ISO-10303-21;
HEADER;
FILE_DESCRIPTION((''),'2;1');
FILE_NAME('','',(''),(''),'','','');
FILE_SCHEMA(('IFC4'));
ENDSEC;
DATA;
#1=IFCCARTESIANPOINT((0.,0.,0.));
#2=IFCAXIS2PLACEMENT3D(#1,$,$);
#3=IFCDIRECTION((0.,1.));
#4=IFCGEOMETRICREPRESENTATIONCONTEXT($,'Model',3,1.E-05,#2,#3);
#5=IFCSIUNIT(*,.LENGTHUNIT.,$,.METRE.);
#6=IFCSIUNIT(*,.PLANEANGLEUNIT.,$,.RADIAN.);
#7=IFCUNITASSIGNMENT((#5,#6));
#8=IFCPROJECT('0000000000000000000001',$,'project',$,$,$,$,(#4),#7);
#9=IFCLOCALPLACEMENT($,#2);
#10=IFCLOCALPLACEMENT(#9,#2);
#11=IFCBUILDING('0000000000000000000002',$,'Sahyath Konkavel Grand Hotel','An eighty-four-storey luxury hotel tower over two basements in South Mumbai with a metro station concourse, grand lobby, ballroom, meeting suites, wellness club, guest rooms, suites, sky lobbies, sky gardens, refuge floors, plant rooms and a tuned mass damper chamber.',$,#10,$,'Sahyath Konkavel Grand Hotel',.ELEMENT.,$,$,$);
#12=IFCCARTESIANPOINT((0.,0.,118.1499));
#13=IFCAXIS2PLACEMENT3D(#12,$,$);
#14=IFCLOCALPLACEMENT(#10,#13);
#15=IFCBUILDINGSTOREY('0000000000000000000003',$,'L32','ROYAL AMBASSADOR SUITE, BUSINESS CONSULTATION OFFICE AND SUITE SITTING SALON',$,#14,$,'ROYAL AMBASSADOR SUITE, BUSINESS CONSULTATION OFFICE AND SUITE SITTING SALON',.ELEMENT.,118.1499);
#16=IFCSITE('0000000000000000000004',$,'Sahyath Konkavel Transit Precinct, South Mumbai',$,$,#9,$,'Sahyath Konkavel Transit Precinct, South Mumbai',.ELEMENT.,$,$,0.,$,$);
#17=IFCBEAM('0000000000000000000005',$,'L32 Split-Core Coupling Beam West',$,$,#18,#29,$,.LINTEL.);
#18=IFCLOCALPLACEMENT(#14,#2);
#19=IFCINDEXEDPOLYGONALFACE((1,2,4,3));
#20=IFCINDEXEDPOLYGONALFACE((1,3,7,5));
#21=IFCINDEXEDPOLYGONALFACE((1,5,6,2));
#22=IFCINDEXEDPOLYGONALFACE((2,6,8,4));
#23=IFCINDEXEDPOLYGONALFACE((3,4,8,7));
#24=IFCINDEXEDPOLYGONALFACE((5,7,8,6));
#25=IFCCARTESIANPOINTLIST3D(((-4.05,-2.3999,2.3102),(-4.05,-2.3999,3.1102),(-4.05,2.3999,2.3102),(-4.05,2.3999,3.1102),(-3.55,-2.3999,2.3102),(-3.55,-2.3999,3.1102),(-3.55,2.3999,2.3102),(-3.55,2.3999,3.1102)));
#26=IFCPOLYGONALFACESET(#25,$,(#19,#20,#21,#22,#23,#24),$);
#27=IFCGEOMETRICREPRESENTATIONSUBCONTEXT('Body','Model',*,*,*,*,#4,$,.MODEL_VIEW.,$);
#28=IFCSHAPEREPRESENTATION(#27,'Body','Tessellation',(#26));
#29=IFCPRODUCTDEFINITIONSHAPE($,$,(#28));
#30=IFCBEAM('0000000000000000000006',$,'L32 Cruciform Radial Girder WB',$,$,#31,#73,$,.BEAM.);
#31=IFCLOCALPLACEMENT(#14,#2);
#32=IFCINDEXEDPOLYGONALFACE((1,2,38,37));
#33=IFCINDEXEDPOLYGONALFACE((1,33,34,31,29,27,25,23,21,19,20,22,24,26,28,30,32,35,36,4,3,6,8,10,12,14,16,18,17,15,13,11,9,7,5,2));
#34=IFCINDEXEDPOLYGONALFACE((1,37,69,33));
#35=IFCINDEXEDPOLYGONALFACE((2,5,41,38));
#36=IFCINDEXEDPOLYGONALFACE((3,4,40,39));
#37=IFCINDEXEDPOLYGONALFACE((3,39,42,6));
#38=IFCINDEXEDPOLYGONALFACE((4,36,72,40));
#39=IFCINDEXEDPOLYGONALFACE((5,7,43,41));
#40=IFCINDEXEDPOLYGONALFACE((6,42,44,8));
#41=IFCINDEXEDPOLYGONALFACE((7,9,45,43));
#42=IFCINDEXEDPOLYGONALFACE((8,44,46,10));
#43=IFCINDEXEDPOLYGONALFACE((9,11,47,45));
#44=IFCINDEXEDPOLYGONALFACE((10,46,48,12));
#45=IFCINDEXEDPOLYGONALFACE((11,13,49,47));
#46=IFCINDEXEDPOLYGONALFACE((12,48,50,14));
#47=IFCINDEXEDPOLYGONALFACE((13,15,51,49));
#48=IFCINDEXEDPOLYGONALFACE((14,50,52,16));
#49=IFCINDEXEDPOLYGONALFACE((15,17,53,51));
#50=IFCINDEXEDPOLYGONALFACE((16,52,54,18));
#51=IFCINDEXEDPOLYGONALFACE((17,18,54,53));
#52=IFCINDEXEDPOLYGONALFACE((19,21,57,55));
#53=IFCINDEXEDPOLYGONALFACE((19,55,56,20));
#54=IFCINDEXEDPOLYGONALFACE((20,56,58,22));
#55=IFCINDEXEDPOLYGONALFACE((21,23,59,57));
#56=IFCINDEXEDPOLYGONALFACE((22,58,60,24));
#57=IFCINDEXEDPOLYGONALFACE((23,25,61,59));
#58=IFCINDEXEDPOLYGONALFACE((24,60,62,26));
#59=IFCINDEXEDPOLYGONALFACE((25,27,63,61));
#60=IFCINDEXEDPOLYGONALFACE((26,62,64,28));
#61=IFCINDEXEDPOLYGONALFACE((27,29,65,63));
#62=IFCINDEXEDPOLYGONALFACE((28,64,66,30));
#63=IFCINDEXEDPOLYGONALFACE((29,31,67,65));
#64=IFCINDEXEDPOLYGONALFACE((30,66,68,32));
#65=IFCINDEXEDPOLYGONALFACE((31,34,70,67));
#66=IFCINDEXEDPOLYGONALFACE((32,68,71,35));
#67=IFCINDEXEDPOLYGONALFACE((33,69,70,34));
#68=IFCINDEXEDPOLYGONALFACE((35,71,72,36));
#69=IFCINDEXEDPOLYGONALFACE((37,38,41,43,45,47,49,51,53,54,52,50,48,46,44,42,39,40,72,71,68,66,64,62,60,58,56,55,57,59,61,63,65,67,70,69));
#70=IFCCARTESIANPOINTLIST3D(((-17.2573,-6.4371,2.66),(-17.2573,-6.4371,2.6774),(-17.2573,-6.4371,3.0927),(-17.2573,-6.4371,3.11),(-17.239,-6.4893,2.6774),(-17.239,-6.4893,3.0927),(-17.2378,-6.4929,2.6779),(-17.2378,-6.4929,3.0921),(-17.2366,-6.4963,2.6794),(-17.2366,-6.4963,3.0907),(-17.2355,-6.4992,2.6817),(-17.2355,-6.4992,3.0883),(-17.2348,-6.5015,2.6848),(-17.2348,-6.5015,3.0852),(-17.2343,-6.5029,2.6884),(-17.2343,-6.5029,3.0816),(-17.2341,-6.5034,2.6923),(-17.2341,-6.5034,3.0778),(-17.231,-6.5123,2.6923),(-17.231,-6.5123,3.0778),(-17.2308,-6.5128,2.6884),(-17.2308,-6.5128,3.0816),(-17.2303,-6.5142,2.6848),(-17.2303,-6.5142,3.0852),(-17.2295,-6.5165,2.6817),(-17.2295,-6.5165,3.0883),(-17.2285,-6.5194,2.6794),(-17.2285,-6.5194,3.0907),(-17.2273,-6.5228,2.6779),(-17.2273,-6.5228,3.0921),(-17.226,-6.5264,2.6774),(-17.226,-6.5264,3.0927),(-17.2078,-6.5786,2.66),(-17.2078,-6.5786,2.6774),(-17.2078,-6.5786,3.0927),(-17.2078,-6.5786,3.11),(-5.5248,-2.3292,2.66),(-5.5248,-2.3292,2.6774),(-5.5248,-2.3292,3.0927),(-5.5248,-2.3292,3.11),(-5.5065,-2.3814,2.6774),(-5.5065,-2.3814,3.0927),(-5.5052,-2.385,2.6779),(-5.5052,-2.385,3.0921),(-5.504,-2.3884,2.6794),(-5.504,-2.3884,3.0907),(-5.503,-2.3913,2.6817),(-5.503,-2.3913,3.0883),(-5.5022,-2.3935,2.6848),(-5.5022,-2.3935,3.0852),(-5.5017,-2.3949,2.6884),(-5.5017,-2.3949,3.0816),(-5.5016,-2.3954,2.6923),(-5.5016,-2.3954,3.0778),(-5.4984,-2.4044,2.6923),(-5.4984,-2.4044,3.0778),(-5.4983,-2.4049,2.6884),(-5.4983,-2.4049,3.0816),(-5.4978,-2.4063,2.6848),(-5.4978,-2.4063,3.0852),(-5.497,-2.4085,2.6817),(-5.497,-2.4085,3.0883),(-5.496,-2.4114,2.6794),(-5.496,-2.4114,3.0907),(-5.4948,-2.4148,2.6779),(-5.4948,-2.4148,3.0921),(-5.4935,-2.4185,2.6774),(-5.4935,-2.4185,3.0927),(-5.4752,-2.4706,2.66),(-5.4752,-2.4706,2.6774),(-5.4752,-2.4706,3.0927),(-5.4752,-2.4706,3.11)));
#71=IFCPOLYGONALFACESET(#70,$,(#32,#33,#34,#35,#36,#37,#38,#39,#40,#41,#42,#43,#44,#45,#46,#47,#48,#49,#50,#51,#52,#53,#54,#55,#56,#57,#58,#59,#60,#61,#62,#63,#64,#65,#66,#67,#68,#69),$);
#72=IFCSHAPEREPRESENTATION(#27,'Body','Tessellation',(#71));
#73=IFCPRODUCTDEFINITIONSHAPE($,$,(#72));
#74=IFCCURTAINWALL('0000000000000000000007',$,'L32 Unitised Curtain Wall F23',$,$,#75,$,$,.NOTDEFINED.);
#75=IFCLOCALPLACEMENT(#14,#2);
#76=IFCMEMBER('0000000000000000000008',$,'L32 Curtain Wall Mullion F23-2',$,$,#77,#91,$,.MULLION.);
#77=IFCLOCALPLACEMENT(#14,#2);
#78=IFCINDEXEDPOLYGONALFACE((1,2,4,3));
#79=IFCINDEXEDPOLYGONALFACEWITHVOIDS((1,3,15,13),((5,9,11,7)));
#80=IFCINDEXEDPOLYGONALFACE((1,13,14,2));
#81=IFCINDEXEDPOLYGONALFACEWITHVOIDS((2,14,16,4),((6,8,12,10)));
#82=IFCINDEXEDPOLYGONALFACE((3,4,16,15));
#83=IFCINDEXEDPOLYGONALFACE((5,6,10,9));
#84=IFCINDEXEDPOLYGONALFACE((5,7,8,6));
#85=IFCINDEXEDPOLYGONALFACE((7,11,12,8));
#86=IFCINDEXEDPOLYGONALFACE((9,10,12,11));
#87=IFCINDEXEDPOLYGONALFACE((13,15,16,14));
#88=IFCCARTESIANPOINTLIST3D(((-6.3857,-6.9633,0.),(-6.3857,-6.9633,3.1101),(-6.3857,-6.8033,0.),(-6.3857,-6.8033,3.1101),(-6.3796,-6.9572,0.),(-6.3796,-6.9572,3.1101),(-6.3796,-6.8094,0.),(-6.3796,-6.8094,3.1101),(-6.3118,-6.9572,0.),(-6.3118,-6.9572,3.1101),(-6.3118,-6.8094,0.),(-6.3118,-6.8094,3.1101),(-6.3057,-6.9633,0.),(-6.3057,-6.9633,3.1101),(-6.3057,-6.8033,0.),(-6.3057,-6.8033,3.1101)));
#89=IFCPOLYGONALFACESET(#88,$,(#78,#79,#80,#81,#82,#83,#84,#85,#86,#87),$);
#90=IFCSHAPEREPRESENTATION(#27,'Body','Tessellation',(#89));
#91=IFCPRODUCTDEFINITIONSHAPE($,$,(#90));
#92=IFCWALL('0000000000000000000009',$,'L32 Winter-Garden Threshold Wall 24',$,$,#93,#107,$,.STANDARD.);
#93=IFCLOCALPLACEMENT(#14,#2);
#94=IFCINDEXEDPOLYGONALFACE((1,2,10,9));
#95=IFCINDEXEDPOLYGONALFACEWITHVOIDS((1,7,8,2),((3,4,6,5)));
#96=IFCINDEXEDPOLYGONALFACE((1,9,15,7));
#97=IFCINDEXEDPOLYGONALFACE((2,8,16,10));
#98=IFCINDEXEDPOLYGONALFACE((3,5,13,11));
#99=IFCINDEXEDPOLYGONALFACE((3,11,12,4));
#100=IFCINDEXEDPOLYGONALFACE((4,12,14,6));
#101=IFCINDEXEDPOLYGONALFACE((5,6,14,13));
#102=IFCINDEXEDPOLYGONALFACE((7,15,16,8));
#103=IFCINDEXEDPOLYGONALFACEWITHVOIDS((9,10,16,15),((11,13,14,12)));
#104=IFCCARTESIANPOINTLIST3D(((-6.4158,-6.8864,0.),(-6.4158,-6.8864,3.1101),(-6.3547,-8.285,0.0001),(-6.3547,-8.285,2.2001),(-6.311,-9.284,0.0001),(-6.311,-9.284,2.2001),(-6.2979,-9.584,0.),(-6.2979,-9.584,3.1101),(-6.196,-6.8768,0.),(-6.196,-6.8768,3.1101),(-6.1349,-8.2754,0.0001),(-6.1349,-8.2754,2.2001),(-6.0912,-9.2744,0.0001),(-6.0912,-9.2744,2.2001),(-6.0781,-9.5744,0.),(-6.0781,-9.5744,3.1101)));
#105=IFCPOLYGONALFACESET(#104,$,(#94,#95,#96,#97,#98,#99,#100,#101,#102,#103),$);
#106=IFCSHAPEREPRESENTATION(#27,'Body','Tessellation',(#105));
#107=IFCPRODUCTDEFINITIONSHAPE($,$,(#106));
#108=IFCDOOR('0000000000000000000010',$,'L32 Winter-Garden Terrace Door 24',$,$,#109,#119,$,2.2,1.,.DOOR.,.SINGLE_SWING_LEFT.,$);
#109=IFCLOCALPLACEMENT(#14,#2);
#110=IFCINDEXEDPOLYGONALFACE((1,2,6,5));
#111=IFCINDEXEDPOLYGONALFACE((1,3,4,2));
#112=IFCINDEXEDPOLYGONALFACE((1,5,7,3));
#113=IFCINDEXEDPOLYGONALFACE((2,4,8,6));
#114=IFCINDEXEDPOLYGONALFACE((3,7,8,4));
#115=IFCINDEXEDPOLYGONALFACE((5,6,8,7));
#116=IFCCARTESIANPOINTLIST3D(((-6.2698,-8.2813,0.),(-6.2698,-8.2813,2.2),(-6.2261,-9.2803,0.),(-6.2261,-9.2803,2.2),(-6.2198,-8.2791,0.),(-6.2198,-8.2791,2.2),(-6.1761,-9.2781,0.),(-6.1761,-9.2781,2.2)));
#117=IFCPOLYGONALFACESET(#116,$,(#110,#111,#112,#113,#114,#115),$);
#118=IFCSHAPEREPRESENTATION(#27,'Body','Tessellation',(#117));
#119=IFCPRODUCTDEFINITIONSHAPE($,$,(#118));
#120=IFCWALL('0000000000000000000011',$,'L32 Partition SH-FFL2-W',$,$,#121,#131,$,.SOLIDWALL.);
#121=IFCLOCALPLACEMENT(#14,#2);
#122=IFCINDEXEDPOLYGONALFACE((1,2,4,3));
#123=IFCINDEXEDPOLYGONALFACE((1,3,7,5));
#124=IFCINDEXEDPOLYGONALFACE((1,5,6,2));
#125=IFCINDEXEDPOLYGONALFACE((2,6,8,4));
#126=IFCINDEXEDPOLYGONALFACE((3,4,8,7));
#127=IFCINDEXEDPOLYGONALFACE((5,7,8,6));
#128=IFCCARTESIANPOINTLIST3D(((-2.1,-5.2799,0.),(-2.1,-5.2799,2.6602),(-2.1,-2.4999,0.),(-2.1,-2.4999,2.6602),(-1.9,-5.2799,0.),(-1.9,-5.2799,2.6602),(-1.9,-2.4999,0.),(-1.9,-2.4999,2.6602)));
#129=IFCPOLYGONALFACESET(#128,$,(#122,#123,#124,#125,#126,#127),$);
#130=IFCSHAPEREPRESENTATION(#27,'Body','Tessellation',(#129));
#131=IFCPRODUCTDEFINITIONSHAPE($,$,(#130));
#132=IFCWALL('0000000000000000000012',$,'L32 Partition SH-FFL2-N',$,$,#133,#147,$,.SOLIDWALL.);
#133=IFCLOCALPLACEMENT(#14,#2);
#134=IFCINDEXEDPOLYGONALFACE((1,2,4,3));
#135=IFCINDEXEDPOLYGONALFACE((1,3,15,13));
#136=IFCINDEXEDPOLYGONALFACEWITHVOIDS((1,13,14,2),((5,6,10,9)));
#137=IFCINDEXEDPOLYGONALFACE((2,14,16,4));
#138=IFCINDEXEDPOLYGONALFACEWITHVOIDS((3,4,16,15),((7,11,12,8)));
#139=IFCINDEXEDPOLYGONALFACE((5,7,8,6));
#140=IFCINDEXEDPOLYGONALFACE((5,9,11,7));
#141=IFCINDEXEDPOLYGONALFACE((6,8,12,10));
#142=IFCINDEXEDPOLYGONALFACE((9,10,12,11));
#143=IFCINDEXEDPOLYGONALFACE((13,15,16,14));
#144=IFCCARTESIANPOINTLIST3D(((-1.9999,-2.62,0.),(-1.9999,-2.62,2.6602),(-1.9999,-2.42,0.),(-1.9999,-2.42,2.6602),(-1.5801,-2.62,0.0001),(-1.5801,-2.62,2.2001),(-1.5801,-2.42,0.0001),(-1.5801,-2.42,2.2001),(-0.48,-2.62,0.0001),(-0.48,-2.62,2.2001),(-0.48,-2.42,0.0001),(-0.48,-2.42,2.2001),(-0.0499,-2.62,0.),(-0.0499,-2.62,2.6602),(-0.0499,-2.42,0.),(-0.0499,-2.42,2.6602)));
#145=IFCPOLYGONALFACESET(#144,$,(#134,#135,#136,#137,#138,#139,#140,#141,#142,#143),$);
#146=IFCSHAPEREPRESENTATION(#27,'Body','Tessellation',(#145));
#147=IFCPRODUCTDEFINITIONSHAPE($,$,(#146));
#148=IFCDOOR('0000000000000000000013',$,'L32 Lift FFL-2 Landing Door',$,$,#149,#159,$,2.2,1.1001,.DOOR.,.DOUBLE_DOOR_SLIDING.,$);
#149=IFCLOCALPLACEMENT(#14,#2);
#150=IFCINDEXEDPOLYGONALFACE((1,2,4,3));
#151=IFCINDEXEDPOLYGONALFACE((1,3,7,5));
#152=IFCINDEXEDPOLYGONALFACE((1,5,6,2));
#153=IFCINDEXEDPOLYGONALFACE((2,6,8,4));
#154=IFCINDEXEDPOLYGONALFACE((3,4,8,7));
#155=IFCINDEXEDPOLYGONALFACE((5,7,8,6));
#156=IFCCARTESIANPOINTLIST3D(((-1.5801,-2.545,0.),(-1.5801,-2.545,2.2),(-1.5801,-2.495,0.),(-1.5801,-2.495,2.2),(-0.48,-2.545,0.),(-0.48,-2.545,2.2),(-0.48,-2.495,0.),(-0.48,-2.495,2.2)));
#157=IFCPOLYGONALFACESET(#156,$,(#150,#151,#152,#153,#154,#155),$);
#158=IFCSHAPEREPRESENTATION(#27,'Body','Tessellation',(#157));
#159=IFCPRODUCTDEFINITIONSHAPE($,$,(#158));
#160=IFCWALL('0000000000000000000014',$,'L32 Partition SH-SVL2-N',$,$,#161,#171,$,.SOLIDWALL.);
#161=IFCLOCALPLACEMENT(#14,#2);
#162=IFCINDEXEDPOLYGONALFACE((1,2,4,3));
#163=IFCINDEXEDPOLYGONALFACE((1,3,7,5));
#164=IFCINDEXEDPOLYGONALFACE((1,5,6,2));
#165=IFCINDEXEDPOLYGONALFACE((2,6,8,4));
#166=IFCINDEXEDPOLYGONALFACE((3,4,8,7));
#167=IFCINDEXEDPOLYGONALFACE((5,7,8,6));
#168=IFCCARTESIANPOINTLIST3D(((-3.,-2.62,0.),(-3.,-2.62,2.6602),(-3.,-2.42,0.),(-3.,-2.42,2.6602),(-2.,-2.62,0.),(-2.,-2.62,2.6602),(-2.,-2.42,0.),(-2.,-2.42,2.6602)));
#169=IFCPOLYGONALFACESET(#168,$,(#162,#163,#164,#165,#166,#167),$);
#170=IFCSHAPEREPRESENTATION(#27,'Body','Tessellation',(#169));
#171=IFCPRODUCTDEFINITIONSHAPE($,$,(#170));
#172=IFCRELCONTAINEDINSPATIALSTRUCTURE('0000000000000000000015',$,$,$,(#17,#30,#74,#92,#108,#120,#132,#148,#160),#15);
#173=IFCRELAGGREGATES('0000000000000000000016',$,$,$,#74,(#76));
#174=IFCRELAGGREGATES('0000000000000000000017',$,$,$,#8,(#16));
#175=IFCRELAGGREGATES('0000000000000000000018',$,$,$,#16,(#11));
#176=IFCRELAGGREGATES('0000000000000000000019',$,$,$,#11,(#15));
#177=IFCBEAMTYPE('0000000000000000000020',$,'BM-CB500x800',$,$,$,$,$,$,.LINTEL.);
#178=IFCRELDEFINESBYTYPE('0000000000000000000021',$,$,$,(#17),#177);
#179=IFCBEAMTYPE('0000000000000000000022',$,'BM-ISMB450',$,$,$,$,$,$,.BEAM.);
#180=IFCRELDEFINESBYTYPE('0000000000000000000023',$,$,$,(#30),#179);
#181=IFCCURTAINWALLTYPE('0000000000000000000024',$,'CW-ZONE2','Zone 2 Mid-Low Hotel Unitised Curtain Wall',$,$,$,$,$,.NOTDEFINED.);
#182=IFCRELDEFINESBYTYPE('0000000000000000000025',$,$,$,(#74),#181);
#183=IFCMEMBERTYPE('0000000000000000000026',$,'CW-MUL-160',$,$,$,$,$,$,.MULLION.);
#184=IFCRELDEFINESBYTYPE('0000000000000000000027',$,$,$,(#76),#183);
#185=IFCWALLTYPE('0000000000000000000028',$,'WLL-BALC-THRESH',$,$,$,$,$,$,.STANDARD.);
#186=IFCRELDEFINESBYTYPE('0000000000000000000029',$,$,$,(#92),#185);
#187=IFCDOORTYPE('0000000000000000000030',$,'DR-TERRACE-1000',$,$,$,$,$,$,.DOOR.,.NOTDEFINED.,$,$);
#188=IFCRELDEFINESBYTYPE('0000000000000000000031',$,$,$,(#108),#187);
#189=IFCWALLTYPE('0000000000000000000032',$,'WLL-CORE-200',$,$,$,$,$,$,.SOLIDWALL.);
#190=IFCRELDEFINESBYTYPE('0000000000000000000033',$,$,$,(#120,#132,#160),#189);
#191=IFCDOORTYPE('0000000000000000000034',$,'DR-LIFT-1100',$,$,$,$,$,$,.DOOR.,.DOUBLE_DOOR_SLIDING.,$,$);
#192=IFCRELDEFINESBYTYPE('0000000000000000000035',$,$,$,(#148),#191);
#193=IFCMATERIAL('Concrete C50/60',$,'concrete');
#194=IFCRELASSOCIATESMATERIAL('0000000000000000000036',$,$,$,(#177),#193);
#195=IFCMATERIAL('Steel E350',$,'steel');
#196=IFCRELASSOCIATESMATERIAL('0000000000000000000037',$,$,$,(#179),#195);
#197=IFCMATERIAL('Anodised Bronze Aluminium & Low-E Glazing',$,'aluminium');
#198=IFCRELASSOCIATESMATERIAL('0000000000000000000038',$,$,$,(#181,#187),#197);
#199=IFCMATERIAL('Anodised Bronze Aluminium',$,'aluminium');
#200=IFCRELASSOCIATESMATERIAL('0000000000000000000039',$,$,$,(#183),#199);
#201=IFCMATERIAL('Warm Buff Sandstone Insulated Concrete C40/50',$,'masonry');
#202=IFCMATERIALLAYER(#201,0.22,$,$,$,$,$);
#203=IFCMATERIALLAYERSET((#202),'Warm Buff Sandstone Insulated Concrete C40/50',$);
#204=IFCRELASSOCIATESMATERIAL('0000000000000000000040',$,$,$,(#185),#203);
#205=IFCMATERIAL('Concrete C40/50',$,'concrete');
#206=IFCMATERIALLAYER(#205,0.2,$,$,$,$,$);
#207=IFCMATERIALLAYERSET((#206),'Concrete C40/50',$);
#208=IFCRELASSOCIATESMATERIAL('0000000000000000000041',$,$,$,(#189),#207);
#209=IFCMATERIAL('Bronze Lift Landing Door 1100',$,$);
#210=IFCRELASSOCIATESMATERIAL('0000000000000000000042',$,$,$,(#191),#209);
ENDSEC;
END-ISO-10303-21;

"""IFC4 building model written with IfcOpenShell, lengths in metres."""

from ifc_helpers import new_model, si_unit, direction, frame, frame_2d, origin, origin_2d, place, context, subcontext, project, spatial, rectangle, hollow_rectangle, i_section, extrude, source, transform, mapped, material, layer, layer_set, material_profile, profile_set, type_object, element, fill, aggregate, save


model = new_model("IFC4")

# Units and contexts
model_context = context("Model", 3, precision=1e-05, world=origin(), true_north=direction((0.0, 1.0)))
body_context = subcontext(model_context, "Body", "Model", "MODEL_VIEW")
ifc_project = project(units=[si_unit("LENGTHUNIT", "METRE"), si_unit("PLANEANGLEUNIT", "RADIAN")], contexts=[model_context])

# Site, building, storey
site_placement = place(None, origin())
site = spatial("IfcSite", under=ifc_project, at=site_placement, Name="Sahyath Konkavel Transit Precinct, South Mumbai", LongName="Sahyath Konkavel Transit Precinct, South Mumbai", CompositionType="ELEMENT", RefElevation=0.0)
building_placement = place(site_placement, origin())
building = spatial("IfcBuilding", under=site, at=building_placement, Name="Sahyath Konkavel Grand Hotel", Description="An eighty-four-storey luxury hotel tower over two basements in South Mumbai with a metro station concourse, grand lobby, ballroom, meeting suites, wellness club, guest rooms, suites, sky lobbies, sky gardens, refuge floors, plant rooms and a tuned mass damper chamber.", LongName="Sahyath Konkavel Grand Hotel", CompositionType="ELEMENT")
storey_placement = place(building_placement, frame((0.0, 0.0, 118.1499)))
storey = spatial("IfcBuildingStorey", under=building, at=storey_placement, Name="L32", Description="ROYAL AMBASSADOR SUITE, BUSINESS CONSULTATION OFFICE AND SUITE SITTING SALON", LongName="ROYAL AMBASSADOR SUITE, BUSINESS CONSULTATION OFFICE AND SUITE SITTING SALON", CompositionType="ELEMENT", Elevation=118.1499)

# Shared definitions
ifc_material_1 = material(Name="Concrete C50/60", Category="concrete")

# Beams
ifc_material_2 = material(Name="Steel E350", Category="steel")
ifc_material_profile_1 = material_profile(ifc_material_1, rectangle(XDim=0.5, YDim=0.8, at=origin_2d()), Name="RC 500x800")
ifc_profile_set_1 = profile_set([ifc_material_profile_1], Name="Concrete C50/60")
beam_type_1 = type_object("IfcBeamType", Name="BM-CB500x800", PredefinedType="LINTEL", material=ifc_profile_set_1)
shared_shape_1 = source(origin(), body_context, "Body", "SweptSolid", [
    extrude(rectangle(XDim=0.5, YDim=0.8, at=origin_2d()), origin(), (0.0, 0.0, 1.0), 4.7998),
])
beam_1_placement = place(storey_placement, frame((-3.8, -2.3999, 2.7102), z_axis=(0.0, 1.0, 0.0), x_axis=(-1.0, 0.0, 0.0)))
element("IfcBeam", 1, at=beam_1_placement, inside=storey, type_object=beam_type_1, Name="L32 Split-Core Coupling Beam West", PredefinedType="LINTEL", context=body_context, shape_type="MappedRepresentation", body=[
    mapped(shared_shape_1, transform((0.0, 0.0, 0.0), scale=1.0)),
])
ifc_material_profile_2 = material_profile(ifc_material_2, i_section(OverallWidth=0.1499, OverallDepth=0.45, WebThickness=0.0095, FlangeThickness=0.0173, FilletRadius=0.0149, at=origin_2d()), Name="ISMB 450")
ifc_profile_set_2 = profile_set([ifc_material_profile_2], Name="Steel E350")
beam_type_2 = type_object("IfcBeamType", Name="BM-ISMB450", PredefinedType="BEAM", material=ifc_profile_set_2)
shared_shape_2 = source(origin(), body_context, "Body", "SweptSolid", [
    extrude(i_section(OverallWidth=0.1499, OverallDepth=0.45, WebThickness=0.0095, FlangeThickness=0.0173, FilletRadius=0.0149, at=origin_2d()), origin(), (0.0, 0.0, 1.0), 12.4309),
])
beam_2_placement = place(storey_placement, frame((-5.5, -2.3999, 2.885), z_axis=(-0.943819, -0.330462, 0.0), x_axis=(0.330462, -0.943819, 0.0)))
element("IfcBeam", 2, at=beam_2_placement, inside=storey, type_object=beam_type_2, Name="L32 Cruciform Radial Girder WB", PredefinedType="BEAM", context=body_context, shape_type="MappedRepresentation", body=[
    mapped(shared_shape_2, transform((0.0, 0.0, 0.0), scale=1.0)),
])

# Curtain wall, member
ifc_material_3 = material(Name="Anodised Bronze Aluminium & Low-E Glazing", Category="aluminium")
curtain_wall_type = type_object("IfcCurtainWallType", Name="CW-ZONE2", Description="Zone 2 Mid-Low Hotel Unitised Curtain Wall", PredefinedType="NOTDEFINED", material=ifc_material_3)
curtain_wall_placement = place(storey_placement, origin())
curtain_wall = element("IfcCurtainWall", 3, at=curtain_wall_placement, inside=storey, type_object=curtain_wall_type, Name="L32 Unitised Curtain Wall F23", PredefinedType="NOTDEFINED")
ifc_material_4 = material(Name="Anodised Bronze Aluminium", Category="aluminium")
ifc_material_profile_3 = material_profile(ifc_material_4, hollow_rectangle(XDim=0.0801, YDim=0.1599, WallThickness=0.0061, at=origin_2d()), Name="RHS 160x80x6")
ifc_profile_set_3 = profile_set([ifc_material_profile_3], Name="Anodised Bronze Aluminium")
member_type = type_object("IfcMemberType", Name="CW-MUL-160", PredefinedType="MULLION", material=ifc_profile_set_3)
shared_shape_3 = source(origin(), body_context, "Body", "SweptSolid", [
    extrude(hollow_rectangle(XDim=0.0801, YDim=0.1599, WallThickness=0.0061, at=origin_2d()), origin(), (0.0, 0.0, 1.0), 3.1101),
])
member_placement = place(storey_placement, frame((-6.3457, -6.8833, 0.0), z_axis=(0.0, 0.0, 1.0), x_axis=(1.0, 0.0, 0.0)))
member = element("IfcMember", 4, at=member_placement, type_object=member_type, Name="L32 Curtain Wall Mullion F23-2", PredefinedType="MULLION", context=body_context, shape_type="MappedRepresentation", body=[
    mapped(shared_shape_3, transform((0.0, 0.0, 0.0), scale=1.0)),
])
aggregate(curtain_wall, [member])

# Wall, opening, door
ifc_material_5 = material(Name="Warm Buff Sandstone Insulated Concrete C40/50", Category="masonry")
ifc_layer_1 = layer(ifc_material_5, 0.22)
ifc_layer_set_1 = layer_set([ifc_layer_1], Name="Warm Buff Sandstone Insulated Concrete C40/50")
wall_type_1 = type_object("IfcWallType", Name="WLL-BALC-THRESH", PredefinedType="STANDARD", material=ifc_layer_set_1)
wall_1_placement = place(storey_placement, frame((-6.3059, -6.8816, 0.0), z_axis=(0.0, 0.0, 1.0), x_axis=(0.043673, -0.999046, 0.0)))
wall_1 = element("IfcWall", 5, at=wall_1_placement, inside=storey, type_object=wall_type_1, Name="L32 Winter-Garden Threshold Wall 24", PredefinedType="STANDARD", context=body_context, shape_type="SweptSolid", body=[
    extrude(rectangle(XDim=2.7002, YDim=0.22, at=frame_2d((1.3501, 0.0))), origin(), (0.0, 0.0, 1.0), 3.1101),
])
opening_1_placement = place(wall_1_placement, frame((1.3999, 0.0, 0.0)))
opening_1 = element("IfcOpeningElement", 6, at=opening_1_placement, cuts=wall_1, PredefinedType="OPENING", context=body_context, shape_type="SweptSolid", body=[
    extrude(rectangle(XDim=1.0, YDim=2.2, at=frame_2d((0.5, 1.1001))), frame((0.0, 0.1201, 0.0), z_axis=(0.0, -1.0, 0.0), x_axis=(1.0, 0.0, 0.0)), (0.0, 0.0, 1.0), 0.24),
])
door_type_1 = type_object("IfcDoorType", Name="DR-TERRACE-1000", OperationType="NOTDEFINED", PredefinedType="DOOR", material=ifc_material_3)
shared_shape_4 = source(origin(), body_context, "Body", "SweptSolid", [
    extrude(rectangle(XDim=1.0, YDim=0.05, at=origin_2d()), origin(), (0.0, 0.0, 1.0), 2.2),
])
door_1_placement = place(opening_1_placement, frame((0.5, 0.0, 0.0)))
door_1 = element("IfcDoor", 7, at=door_1_placement, inside=storey, type_object=door_type_1, Name="L32 Winter-Garden Terrace Door 24", OperationType="SINGLE_SWING_LEFT", OverallHeight=2.2, OverallWidth=1.0, PredefinedType="DOOR", context=body_context, shape_type="MappedRepresentation", body=[
    mapped(shared_shape_4, transform((0.0, 0.0, 0.0), scale=1.0)),
])
fill(opening_1, door_1)

# Wall
ifc_material_6 = material(Name="Concrete C40/50", Category="concrete")
ifc_layer_2 = layer(ifc_material_6, 0.2)
ifc_layer_set_2 = layer_set([ifc_layer_2], Name="Concrete C40/50")
wall_type_2 = type_object("IfcWallType", Name="WLL-CORE-200", PredefinedType="SOLIDWALL", material=ifc_layer_set_2)
wall_2_placement = place(storey_placement, frame((-2.0, -5.28, 0.0), z_axis=(0.0, 0.0, 1.0), x_axis=(0.0, 1.0, 0.0)))
element("IfcWall", 8, at=wall_2_placement, inside=storey, type_object=wall_type_2, Name="L32 Partition SH-FFL2-W", PredefinedType="SOLIDWALL", context=body_context, shape_type="SweptSolid", body=[
    extrude(rectangle(XDim=2.78, YDim=0.2, at=frame_2d((1.3901, 0.0))), origin(), (0.0, 0.0, 1.0), 2.6602),
])

# Wall, opening, door
wall_3_placement = place(storey_placement, frame((-2.0, -2.52, 0.0), z_axis=(0.0, 0.0, 1.0), x_axis=(1.0, 0.0, 0.0)))
wall_3 = element("IfcWall", 9, at=wall_3_placement, inside=storey, type_object=wall_type_2, Name="L32 Partition SH-FFL2-N", PredefinedType="SOLIDWALL", context=body_context, shape_type="SweptSolid", body=[
    extrude(rectangle(XDim=1.95, YDim=0.2, at=frame_2d((0.9751, 0.0))), origin(), (0.0, 0.0, 1.0), 2.6602),
])
opening_2_placement = place(wall_3_placement, frame((0.4199, 0.0, 0.0)))
opening_2 = element("IfcOpeningElement", 10, at=opening_2_placement, cuts=wall_3, PredefinedType="OPENING", context=body_context, shape_type="SweptSolid", body=[
    extrude(rectangle(XDim=1.1001, YDim=2.2, at=frame_2d((0.55, 1.1001))), frame((0.0, 0.1099, 0.0), z_axis=(0.0, -1.0, 0.0), x_axis=(1.0, 0.0, 0.0)), (0.0, 0.0, 1.0), 0.22),
])
ifc_material_7 = material(Name="Bronze Lift Landing Door 1100")
door_type_2 = type_object("IfcDoorType", Name="DR-LIFT-1100", OperationType="DOUBLE_DOOR_SLIDING", PredefinedType="DOOR", material=ifc_material_7)
shared_shape_5 = source(origin(), body_context, "Body", "SweptSolid", [
    extrude(rectangle(XDim=1.1001, YDim=0.05, at=origin_2d()), origin(), (0.0, 0.0, 1.0), 2.2),
])
door_2_placement = place(opening_2_placement, frame((0.55, 0.0, 0.0)))
door_2 = element("IfcDoor", 11, at=door_2_placement, inside=storey, type_object=door_type_2, Name="L32 Lift FFL-2 Landing Door", OperationType="DOUBLE_DOOR_SLIDING", OverallHeight=2.2, OverallWidth=1.1001, PredefinedType="DOOR", context=body_context, shape_type="MappedRepresentation", body=[
    mapped(shared_shape_5, transform((0.0, 0.0, 0.0), scale=1.0)),
])
fill(opening_2, door_2)

# Wall
wall_4_placement = place(storey_placement, frame((-3.0, -2.52, 0.0), z_axis=(0.0, 0.0, 1.0), x_axis=(1.0, 0.0, 0.0)))
element("IfcWall", 12, at=wall_4_placement, inside=storey, type_object=wall_type_2, Name="L32 Partition SH-SVL2-N", PredefinedType="SOLIDWALL", context=body_context, shape_type="SweptSolid", body=[
    extrude(rectangle(XDim=1.0, YDim=0.2, at=frame_2d((0.5, 0.0))), origin(), (0.0, 0.0, 1.0), 2.6602),
])

save(model, "model.ifc")
